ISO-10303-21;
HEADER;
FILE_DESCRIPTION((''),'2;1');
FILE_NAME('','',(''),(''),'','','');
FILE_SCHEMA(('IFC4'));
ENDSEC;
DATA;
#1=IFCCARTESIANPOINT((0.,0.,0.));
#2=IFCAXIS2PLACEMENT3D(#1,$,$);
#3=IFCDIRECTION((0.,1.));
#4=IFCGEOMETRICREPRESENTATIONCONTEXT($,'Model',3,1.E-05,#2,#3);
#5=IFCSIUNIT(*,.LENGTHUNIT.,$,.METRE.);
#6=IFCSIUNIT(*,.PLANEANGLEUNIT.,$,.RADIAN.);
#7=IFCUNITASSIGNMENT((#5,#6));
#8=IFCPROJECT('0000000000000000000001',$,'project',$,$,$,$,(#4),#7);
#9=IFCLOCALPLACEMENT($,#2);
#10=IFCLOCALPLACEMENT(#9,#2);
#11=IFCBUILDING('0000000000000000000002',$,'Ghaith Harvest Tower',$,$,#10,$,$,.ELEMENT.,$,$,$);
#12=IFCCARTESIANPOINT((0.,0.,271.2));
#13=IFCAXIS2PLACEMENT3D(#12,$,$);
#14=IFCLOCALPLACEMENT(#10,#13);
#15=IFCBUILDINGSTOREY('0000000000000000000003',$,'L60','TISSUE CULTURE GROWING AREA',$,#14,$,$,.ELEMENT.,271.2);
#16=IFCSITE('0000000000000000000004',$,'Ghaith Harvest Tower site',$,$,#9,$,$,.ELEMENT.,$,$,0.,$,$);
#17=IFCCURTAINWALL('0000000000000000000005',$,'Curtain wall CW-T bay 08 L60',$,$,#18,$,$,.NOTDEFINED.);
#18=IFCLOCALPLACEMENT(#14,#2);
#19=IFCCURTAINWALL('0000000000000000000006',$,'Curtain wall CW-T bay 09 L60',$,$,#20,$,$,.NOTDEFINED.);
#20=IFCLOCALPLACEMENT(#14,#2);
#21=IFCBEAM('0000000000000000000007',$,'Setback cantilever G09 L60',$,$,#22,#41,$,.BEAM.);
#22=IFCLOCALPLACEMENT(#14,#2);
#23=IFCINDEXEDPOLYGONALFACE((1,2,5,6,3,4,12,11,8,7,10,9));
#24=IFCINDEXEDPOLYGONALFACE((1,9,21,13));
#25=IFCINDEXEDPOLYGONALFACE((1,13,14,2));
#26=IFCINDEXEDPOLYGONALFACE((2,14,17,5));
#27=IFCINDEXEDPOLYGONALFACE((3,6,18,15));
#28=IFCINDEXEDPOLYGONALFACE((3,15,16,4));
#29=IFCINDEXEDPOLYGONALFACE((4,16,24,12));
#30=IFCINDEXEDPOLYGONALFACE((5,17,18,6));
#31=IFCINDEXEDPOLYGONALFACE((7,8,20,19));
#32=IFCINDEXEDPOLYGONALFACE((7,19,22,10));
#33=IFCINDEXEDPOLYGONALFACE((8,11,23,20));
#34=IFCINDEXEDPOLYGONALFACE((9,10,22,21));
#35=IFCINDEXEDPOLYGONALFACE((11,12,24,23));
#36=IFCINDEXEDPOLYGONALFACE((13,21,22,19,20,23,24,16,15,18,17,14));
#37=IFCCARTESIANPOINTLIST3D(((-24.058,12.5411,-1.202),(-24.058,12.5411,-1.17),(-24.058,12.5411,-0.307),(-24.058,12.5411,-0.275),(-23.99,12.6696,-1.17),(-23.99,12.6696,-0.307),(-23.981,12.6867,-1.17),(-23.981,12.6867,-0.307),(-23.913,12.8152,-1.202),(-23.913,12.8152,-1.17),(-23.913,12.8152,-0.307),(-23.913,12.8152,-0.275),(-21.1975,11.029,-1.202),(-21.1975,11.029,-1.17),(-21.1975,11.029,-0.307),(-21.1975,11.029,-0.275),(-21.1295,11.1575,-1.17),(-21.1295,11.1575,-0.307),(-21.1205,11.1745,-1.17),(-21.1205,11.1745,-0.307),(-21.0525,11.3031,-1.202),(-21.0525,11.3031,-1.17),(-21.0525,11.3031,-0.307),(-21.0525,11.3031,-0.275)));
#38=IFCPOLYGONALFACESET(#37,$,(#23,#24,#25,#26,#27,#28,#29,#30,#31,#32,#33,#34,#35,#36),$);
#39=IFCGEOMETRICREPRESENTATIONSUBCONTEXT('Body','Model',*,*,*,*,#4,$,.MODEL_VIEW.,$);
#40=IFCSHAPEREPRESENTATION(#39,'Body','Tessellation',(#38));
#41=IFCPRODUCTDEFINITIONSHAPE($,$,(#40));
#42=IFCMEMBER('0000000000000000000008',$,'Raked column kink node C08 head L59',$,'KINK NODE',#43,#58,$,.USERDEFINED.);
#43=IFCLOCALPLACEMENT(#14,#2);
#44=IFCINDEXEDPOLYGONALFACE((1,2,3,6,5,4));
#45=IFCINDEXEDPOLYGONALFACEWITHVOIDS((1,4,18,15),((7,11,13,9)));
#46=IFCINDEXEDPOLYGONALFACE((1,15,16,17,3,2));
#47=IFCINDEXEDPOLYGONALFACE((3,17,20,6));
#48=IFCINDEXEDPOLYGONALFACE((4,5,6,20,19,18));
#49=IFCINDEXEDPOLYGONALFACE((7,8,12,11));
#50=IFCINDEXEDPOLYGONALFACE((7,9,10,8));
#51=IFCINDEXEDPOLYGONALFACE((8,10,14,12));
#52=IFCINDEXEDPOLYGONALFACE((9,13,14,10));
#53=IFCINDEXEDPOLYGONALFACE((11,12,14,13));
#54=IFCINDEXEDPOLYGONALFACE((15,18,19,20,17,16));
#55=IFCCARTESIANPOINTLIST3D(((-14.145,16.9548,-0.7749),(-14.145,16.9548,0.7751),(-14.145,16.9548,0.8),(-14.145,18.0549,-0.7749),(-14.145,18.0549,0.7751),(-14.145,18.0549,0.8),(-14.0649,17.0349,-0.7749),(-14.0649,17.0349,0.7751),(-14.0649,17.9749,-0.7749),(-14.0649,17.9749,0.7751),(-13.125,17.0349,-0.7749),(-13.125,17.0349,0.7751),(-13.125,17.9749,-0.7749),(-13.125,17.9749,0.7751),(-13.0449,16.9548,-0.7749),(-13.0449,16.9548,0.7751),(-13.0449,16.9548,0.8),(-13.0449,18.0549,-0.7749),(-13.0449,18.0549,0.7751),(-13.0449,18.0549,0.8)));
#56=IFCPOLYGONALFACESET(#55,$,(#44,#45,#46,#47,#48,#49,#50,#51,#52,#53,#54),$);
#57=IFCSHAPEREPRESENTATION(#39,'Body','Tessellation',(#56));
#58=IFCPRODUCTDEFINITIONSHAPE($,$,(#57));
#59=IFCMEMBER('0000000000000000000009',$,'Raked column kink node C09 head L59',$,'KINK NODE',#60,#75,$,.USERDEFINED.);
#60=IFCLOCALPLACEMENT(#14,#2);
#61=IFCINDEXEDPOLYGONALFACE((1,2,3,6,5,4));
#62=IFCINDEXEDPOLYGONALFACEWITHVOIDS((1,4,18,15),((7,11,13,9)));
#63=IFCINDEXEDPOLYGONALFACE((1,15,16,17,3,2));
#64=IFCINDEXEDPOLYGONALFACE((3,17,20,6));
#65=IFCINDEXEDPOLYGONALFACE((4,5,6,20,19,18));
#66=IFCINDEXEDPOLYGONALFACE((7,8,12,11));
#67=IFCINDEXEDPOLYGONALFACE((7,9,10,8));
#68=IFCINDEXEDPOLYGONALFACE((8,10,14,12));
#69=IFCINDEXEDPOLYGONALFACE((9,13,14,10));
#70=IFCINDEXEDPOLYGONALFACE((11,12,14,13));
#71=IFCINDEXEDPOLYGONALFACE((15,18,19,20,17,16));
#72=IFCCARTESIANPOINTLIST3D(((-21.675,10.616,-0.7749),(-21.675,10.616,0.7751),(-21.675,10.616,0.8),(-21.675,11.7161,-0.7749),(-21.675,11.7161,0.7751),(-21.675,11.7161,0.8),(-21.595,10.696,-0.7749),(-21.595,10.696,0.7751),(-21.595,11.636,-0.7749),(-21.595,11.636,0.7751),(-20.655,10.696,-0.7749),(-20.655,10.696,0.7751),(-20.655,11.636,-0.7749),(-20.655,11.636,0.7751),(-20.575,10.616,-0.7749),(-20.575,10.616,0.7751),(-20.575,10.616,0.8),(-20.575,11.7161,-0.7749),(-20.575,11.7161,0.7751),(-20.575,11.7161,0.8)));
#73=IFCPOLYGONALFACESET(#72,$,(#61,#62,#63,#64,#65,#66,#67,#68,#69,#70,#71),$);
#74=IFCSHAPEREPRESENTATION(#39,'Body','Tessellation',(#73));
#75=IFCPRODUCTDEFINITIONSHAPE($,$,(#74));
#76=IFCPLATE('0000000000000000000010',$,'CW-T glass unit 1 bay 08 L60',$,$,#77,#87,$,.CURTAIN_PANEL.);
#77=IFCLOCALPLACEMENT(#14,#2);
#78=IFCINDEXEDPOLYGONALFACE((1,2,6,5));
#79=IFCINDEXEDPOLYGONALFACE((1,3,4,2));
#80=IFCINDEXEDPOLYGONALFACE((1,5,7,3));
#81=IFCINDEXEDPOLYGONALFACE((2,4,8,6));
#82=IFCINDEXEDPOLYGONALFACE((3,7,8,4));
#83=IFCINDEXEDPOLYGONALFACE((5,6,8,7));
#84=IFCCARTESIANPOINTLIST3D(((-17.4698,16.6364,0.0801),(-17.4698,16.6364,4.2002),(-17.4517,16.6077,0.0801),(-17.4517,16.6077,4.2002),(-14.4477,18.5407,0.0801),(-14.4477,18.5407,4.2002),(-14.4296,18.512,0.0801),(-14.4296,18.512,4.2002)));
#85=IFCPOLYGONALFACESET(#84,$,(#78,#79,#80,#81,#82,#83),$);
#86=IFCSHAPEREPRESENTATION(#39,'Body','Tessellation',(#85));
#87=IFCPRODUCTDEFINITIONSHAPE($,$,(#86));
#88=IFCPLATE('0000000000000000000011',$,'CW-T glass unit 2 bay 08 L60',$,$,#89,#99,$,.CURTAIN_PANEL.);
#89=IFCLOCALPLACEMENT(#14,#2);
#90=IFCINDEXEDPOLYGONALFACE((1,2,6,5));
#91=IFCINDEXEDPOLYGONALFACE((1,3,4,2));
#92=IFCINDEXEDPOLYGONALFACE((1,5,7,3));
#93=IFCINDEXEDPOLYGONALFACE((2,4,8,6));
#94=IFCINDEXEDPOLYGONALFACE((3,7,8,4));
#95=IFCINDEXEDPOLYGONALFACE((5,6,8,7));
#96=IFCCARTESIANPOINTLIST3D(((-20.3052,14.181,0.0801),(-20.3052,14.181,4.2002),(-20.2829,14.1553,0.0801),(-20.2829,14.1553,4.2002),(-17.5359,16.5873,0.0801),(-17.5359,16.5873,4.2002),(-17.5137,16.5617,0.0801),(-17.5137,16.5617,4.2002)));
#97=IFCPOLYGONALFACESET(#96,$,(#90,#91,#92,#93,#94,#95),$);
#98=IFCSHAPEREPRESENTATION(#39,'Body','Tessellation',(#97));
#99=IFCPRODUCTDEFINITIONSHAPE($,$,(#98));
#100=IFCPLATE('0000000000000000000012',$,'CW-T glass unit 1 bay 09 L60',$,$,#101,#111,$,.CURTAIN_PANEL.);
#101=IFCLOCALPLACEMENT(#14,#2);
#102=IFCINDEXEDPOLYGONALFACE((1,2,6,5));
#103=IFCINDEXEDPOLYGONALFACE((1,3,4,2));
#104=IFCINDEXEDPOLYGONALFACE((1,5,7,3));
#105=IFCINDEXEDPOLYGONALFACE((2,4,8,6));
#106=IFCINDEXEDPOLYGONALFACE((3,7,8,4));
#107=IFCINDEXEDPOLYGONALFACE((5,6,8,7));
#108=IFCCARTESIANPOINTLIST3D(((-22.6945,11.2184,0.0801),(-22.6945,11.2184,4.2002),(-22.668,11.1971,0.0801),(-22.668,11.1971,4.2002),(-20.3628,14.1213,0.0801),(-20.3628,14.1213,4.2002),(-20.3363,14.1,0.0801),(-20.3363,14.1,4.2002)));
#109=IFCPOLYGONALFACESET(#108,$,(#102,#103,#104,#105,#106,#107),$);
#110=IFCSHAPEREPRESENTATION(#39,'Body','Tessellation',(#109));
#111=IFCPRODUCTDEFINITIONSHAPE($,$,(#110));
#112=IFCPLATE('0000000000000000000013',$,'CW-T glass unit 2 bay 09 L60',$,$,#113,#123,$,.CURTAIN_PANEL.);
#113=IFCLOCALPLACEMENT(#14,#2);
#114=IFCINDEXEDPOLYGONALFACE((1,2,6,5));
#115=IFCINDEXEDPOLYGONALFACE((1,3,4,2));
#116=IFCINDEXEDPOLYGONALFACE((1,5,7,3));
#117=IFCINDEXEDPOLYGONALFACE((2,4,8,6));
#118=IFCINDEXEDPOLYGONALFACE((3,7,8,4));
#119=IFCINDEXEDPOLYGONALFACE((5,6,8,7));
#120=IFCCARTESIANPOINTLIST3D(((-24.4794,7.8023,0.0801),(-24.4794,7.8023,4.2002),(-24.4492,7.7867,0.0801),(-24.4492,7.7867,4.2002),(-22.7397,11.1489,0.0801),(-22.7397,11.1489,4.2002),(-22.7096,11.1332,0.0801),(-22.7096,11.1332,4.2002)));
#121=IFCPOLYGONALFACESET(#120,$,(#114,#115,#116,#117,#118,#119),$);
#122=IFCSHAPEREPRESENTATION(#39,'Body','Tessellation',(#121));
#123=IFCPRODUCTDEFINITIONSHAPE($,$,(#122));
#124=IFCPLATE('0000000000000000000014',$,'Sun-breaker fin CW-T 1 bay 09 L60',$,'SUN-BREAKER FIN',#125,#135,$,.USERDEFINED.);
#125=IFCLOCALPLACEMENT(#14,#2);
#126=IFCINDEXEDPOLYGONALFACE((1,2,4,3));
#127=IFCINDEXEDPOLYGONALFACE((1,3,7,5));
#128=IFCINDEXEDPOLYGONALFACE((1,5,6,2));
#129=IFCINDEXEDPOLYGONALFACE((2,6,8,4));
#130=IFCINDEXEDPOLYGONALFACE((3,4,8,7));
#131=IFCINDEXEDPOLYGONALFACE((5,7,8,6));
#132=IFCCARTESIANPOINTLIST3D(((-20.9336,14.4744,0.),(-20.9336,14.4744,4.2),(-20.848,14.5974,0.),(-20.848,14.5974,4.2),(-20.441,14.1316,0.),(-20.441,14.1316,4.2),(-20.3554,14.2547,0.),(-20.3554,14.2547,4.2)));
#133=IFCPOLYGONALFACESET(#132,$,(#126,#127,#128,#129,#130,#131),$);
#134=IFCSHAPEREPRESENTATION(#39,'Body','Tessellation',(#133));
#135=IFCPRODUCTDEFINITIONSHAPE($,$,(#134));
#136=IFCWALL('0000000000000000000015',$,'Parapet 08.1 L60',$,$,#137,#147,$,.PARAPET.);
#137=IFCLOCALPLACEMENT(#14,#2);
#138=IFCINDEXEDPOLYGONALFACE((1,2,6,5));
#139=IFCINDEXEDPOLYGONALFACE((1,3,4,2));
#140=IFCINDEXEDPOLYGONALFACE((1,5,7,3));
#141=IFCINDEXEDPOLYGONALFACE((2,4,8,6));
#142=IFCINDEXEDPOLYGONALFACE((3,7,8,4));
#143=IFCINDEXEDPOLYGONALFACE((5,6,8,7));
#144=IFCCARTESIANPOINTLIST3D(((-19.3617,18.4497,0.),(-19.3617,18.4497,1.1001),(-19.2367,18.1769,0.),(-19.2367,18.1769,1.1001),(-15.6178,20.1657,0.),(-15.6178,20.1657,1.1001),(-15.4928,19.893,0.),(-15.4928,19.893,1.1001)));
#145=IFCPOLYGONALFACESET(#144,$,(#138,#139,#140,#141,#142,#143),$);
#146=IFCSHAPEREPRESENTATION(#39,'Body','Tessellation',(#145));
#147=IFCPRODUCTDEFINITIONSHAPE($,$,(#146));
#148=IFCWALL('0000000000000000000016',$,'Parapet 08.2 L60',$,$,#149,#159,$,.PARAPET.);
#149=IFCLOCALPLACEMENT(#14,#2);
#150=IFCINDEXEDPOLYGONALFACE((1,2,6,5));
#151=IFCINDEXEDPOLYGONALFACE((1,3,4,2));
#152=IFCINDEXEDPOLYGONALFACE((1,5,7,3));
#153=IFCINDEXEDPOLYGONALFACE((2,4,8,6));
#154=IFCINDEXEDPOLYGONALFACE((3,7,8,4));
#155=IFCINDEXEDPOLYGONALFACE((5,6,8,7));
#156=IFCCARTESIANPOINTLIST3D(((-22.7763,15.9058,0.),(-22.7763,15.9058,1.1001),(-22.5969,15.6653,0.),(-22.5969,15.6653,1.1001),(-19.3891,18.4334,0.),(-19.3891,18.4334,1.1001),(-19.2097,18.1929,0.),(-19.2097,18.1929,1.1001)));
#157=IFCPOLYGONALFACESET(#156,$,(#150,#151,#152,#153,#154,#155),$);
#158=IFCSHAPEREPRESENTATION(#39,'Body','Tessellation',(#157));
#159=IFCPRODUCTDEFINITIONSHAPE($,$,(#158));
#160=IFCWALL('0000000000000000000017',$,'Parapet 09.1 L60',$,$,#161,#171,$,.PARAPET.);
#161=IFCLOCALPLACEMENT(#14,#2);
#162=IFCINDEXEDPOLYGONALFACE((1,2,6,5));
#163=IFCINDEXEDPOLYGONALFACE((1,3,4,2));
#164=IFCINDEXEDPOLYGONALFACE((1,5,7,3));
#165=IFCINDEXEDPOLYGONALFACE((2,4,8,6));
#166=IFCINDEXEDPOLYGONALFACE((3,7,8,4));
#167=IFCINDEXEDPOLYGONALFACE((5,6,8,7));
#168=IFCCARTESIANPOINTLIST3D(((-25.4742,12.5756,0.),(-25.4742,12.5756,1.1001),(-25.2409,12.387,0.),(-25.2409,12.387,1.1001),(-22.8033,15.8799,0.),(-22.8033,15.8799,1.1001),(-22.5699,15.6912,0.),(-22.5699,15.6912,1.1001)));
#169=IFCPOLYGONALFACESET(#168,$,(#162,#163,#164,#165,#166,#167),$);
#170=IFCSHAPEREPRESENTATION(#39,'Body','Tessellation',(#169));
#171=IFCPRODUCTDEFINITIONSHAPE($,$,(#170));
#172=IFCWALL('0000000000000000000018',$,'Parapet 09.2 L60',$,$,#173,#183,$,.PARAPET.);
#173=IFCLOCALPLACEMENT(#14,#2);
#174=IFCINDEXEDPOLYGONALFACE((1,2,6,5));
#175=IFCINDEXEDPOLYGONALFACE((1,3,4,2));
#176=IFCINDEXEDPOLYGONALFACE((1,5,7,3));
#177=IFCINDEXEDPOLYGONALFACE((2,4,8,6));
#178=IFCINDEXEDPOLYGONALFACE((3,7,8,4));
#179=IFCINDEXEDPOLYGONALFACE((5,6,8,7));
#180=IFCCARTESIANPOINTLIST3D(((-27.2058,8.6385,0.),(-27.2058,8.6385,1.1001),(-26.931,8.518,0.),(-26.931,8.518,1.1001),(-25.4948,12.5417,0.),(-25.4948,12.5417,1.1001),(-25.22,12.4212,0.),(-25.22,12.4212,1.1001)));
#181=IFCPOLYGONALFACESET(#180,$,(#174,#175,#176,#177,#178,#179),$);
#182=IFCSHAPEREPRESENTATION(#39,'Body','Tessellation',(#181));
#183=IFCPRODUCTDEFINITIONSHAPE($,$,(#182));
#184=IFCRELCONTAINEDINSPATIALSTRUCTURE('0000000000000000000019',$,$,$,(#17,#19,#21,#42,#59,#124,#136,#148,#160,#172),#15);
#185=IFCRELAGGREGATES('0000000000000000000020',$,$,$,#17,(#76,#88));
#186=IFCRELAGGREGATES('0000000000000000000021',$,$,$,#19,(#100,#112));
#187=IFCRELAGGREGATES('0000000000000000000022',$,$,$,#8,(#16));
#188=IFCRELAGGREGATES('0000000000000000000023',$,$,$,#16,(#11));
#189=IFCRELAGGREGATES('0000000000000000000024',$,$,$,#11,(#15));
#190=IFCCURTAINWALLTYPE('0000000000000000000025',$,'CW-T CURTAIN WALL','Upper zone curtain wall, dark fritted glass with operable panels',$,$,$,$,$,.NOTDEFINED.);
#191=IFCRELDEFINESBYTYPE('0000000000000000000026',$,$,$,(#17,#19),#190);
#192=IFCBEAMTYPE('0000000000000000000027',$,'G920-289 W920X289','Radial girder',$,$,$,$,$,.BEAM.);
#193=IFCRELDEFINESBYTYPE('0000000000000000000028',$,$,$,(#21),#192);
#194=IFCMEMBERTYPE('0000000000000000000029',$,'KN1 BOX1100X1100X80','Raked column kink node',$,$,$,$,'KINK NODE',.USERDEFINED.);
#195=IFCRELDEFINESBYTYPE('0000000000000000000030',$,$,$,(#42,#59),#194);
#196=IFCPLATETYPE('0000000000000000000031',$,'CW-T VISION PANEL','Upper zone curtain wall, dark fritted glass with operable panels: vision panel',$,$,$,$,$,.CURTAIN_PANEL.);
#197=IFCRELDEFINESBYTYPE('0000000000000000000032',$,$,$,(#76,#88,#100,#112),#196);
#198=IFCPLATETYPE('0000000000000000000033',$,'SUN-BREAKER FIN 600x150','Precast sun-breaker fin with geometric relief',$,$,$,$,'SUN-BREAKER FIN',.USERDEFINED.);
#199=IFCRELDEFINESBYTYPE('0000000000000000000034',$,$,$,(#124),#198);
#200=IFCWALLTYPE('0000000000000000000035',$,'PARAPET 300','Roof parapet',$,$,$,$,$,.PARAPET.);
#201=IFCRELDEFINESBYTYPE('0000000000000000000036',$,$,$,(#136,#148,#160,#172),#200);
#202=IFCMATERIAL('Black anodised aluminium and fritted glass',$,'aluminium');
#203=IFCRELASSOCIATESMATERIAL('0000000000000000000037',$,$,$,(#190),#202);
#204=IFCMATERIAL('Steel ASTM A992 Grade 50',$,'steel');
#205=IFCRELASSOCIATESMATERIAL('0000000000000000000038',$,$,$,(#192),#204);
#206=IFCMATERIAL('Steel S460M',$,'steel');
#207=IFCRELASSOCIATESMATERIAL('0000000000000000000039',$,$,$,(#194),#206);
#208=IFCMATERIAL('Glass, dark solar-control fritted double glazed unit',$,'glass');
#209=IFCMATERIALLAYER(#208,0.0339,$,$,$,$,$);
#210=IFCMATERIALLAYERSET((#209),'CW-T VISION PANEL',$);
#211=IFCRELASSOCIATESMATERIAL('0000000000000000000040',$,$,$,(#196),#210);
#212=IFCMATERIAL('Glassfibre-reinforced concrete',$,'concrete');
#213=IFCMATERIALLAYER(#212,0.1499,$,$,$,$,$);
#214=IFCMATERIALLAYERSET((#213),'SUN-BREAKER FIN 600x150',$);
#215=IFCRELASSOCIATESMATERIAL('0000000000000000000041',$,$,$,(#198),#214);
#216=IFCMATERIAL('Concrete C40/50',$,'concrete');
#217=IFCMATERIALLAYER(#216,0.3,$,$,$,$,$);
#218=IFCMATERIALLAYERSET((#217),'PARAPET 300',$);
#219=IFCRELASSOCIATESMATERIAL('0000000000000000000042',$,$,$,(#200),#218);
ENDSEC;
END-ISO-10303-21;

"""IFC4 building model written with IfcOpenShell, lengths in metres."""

from ifc_helpers import new_model, si_unit, direction, frame, frame_2d, origin, origin_2d, place, context, subcontext, project, spatial, rectangle, hollow_rectangle, i_section, extrude, boolean, material, layer, layer_set, material_profile, profile_set, type_object, element, aggregate, save


model = new_model("IFC4")

# Units and contexts
model_context = context("Model", 3, precision=1e-05, world=origin(), true_north=direction((0.0, 1.0)))
body_context = subcontext(model_context, "Body", "Model", "MODEL_VIEW")
ifc_project = project(units=[si_unit("LENGTHUNIT", "METRE"), si_unit("PLANEANGLEUNIT", "RADIAN")], contexts=[model_context])

# Site, building, storey
site_placement = place(None, origin())
site = spatial("IfcSite", under=ifc_project, at=site_placement, Name="Ghaith Harvest Tower site", CompositionType="ELEMENT", RefElevation=0.0)
building_placement = place(site_placement, origin())
building = spatial("IfcBuilding", under=site, at=building_placement, Name="Ghaith Harvest Tower", CompositionType="ELEMENT")
storey_placement = place(building_placement, frame((0.0, 0.0, 271.2)))
storey = spatial("IfcBuildingStorey", under=building, at=storey_placement, Name="L60", Description="TISSUE CULTURE GROWING AREA", CompositionType="ELEMENT", Elevation=271.2)

# Curtain walls
ifc_material_1 = material(Name="Black anodised aluminium and fritted glass", Category="aluminium")
curtain_wall_type = type_object("IfcCurtainWallType", Name="CW-T CURTAIN WALL", Description="Upper zone curtain wall, dark fritted glass with operable panels", PredefinedType="NOTDEFINED", material=ifc_material_1)
curtain_wall_1_placement = place(storey_placement, origin())
curtain_wall_1 = element("IfcCurtainWall", 1, at=curtain_wall_1_placement, inside=storey, type_object=curtain_wall_type, Name="Curtain wall CW-T bay 08 L60", PredefinedType="NOTDEFINED")
curtain_wall_2_placement = place(storey_placement, origin())
curtain_wall_2 = element("IfcCurtainWall", 2, at=curtain_wall_2_placement, inside=storey, type_object=curtain_wall_type, Name="Curtain wall CW-T bay 09 L60", PredefinedType="NOTDEFINED")

# Beam
ifc_material_2 = material(Name="Steel ASTM A992 Grade 50", Category="steel")
ifc_material_profile_1 = material_profile(ifc_material_2, i_section(OverallWidth=0.3101, OverallDepth=0.927, WebThickness=0.0193, FlangeThickness=0.032, at=origin_2d()), Name="W920X289")
ifc_profile_set_1 = profile_set([ifc_material_profile_1], Name="Steel ASTM A992 Grade 50")
beam_type_1 = type_object("IfcBeamType", Name="G920-289 W920X289", Description="Radial girder", PredefinedType="BEAM", material=ifc_profile_set_1)
beam_1_placement = place(storey_placement, frame((-21.125, 11.166, -0.7385), z_axis=(-0.884072, 0.46735, 0.0), x_axis=(-0.46735, -0.884072, 0.0)))
element("IfcBeam", 3, at=beam_1_placement, inside=storey, type_object=beam_type_1, Name="Setback cantilever G09 L60", PredefinedType="BEAM", context=body_context, shape_type="SweptSolid", body=[
    extrude(i_section(OverallWidth=0.3101, OverallDepth=0.927, WebThickness=0.0193, FlangeThickness=0.032, at=origin_2d()), origin(), (0.0, 0.0, 1.0), 3.2356),
])

# Members
ifc_material_3 = material(Name="Steel S460M", Category="steel")
ifc_material_profile_2 = material_profile(ifc_material_3, hollow_rectangle(XDim=1.1001, YDim=1.1001, WallThickness=0.0801, at=origin_2d()), Name="BOX1100X1100X80")
ifc_profile_set_2 = profile_set([ifc_material_profile_2], Name="Steel S460M")
member_type_1 = type_object("IfcMemberType", Name="KN1 BOX1100X1100X80", Description="Raked column kink node", ElementType="KINK NODE", PredefinedType="USERDEFINED", material=ifc_profile_set_2)
for number, where, z_axis, x_axis, name in (
    (4, (-13.595, 17.5049, -0.7749), (0.0, 0.0, 1.0), (1.0, 0.0, 0.0), "Raked column kink node C08 head L59"),
    (5, (-21.125, 11.166, -0.7749), (0.0, 0.0, 1.0), (1.0, 0.0, 0.0), "Raked column kink node C09 head L59"),
):
    element("IfcMember", number, at=place(storey_placement, frame(where, z_axis=z_axis, x_axis=x_axis)), inside=storey, type_object=member_type_1, Name=name, ObjectType="KINK NODE", PredefinedType="USERDEFINED", context=body_context, shape_type="CSG", body=[
        boolean("UNION", extrude(hollow_rectangle(XDim=1.1001, YDim=1.1001, WallThickness=0.0801, at=origin_2d()), origin(), (0.0, 0.0, 1.0), 1.55), extrude(rectangle(XDim=1.1001, YDim=1.1001, at=origin_2d()), frame((0.0, 0.0, 1.55)), (0.0, 0.0, 1.0), 0.0249)),
    ])

# Plates
ifc_material_4 = material(Name="Glass, dark solar-control fritted double glazed unit", Category="glass")
ifc_layer_1 = layer(ifc_material_4, 0.0339)
ifc_layer_set_1 = layer_set([ifc_layer_1], Name="CW-T VISION PANEL")
plate_type_1 = type_object("IfcPlateType", Name="CW-T VISION PANEL", Description="Upper zone curtain wall, dark fritted glass with operable panels: vision panel", PredefinedType="CURTAIN_PANEL", material=ifc_layer_set_1)
plate_1_placement = place(storey_placement, frame((-15.9497, 17.5742, 0.0801), z_axis=(0.0, 0.0, 1.0), x_axis=(-0.846043, -0.533114, 0.0)))
plate_1 = element("IfcPlate", 6, at=plate_1_placement, type_object=plate_type_1, Name="CW-T glass unit 1 bay 08 L60", PredefinedType="CURTAIN_PANEL", context=body_context, shape_type="SweptSolid", body=[
    extrude(rectangle(XDim=3.572, YDim=0.0339, at=origin_2d()), origin(), (0.0, 0.0, 1.0), 4.1201),
])
plate_2_placement = place(storey_placement, frame((-18.9094, 15.3713, 0.0801), z_axis=(0.0, 0.0, 1.0), x_axis=(-0.754829, -0.655922, 0.0)))
plate_2 = element("IfcPlate", 7, at=plate_2_placement, type_object=plate_type_1, Name="CW-T glass unit 2 bay 08 L60", PredefinedType="CURTAIN_PANEL", context=body_context, shape_type="SweptSolid", body=[
    extrude(rectangle(XDim=3.6687, YDim=0.0339, at=origin_2d()), origin(), (0.0, 0.0, 1.0), 4.1201),
])
aggregate(curtain_wall_1, [plate_1, plate_2])
plate_3_placement = place(storey_placement, frame((-21.5154, 12.6592, 0.0801), z_axis=(0.0, 0.0, 1.0), x_axis=(-0.62623, -0.779639, 0.0)))
plate_3 = element("IfcPlate", 8, at=plate_3_placement, type_object=plate_type_1, Name="CW-T glass unit 1 bay 09 L60", PredefinedType="CURTAIN_PANEL", context=body_context, shape_type="SweptSolid", body=[
    extrude(rectangle(XDim=3.7234, YDim=0.0339, at=origin_2d()), origin(), (0.0, 0.0, 1.0), 4.1201),
])
plate_4_placement = place(storey_placement, frame((-23.5945, 9.4678, 0.0801), z_axis=(0.0, 0.0, 1.0), x_axis=(-0.46123, -0.887281, 0.0)))
plate_4 = element("IfcPlate", 9, at=plate_4_placement, type_object=plate_type_1, Name="CW-T glass unit 2 bay 09 L60", PredefinedType="CURTAIN_PANEL", context=body_context, shape_type="SweptSolid", body=[
    extrude(rectangle(XDim=3.7717, YDim=0.0339, at=origin_2d()), origin(), (0.0, 0.0, 1.0), 4.1201),
])
aggregate(curtain_wall_2, [plate_3, plate_4])
ifc_material_5 = material(Name="Glassfibre-reinforced concrete", Category="concrete")
ifc_layer_2 = layer(ifc_material_5, 0.1499)
ifc_layer_set_2 = layer_set([ifc_layer_2], Name="SUN-BREAKER FIN 600x150")
plate_type_2 = type_object("IfcPlateType", Name="SUN-BREAKER FIN 600x150", Description="Precast sun-breaker fin with geometric relief", ElementType="SUN-BREAKER FIN", PredefinedType="USERDEFINED", material=ifc_layer_set_2)
plate_5_placement = place(storey_placement, frame((-20.6445, 14.3645, 0.0), z_axis=(0.0, 0.0, 1.0), x_axis=(-0.820845, 0.57115, 0.0)))
element("IfcPlate", 10, at=plate_5_placement, inside=storey, type_object=plate_type_2, Name="Sun-breaker fin CW-T 1 bay 09 L60", ObjectType="SUN-BREAKER FIN", PredefinedType="USERDEFINED", context=body_context, shape_type="SweptSolid", body=[
    extrude(rectangle(XDim=0.6001, YDim=0.1499, at=origin_2d()), origin(), (0.0, 0.0, 1.0), 4.2),
])

# Walls
ifc_material_6 = material(Name="Concrete C40/50", Category="concrete")
ifc_layer_3 = layer(ifc_material_6, 0.3)
ifc_layer_set_3 = layer_set([ifc_layer_3], Name="PARAPET 300")
wall_type_1 = type_object("IfcWallType", Name="PARAPET 300", Description="Roof parapet", PredefinedType="PARAPET", material=ifc_layer_set_3)
wall_1_placement = place(storey_placement, frame((-15.5554, 20.0293, 0.0), z_axis=(0.0, 0.0, 1.0), x_axis=(-0.909055, -0.416677, 0.0)))
element("IfcWall", 11, at=wall_1_placement, inside=storey, type_object=wall_type_1, Name="Parapet 08.1 L60", PredefinedType="PARAPET", context=body_context, shape_type="SweptSolid", body=[
    extrude(rectangle(XDim=4.1184, YDim=0.3, at=frame_2d((2.0591, 0.0))), origin(), (0.0, 0.0, 1.0), 1.1001),
])
wall_2_placement = place(storey_placement, frame((-19.2993, 18.3132, 0.0), z_axis=(0.0, 0.0, 1.0), x_axis=(-0.801453, -0.598057, 0.0)))
element("IfcWall", 12, at=wall_2_placement, inside=storey, type_object=wall_type_1, Name="Parapet 08.2 L60", PredefinedType="PARAPET", context=body_context, shape_type="SweptSolid", body=[
    extrude(rectangle(XDim=4.2263, YDim=0.3, at=frame_2d((2.1133, 0.0))), origin(), (0.0, 0.0, 1.0), 1.1001),
])
wall_3_placement = place(storey_placement, frame((-22.6865, 15.7856, 0.0), z_axis=(0.0, 0.0, 1.0), x_axis=(-0.628639, -0.777697, 0.0)))
element("IfcWall", 13, at=wall_3_placement, inside=storey, type_object=wall_type_1, Name="Parapet 09.1 L60", PredefinedType="PARAPET", context=body_context, shape_type="SweptSolid", body=[
    extrude(rectangle(XDim=4.2488, YDim=0.3, at=frame_2d((2.1245, 0.0))), origin(), (0.0, 0.0, 1.0), 1.1001),
])
wall_4_placement = place(storey_placement, frame((-25.3574, 12.4814, 0.0), z_axis=(0.0, 0.0, 1.0), x_axis=(-0.401477, -0.915869, 0.0)))
element("IfcWall", 14, at=wall_4_placement, inside=storey, type_object=wall_type_1, Name="Parapet 09.2 L60", PredefinedType="PARAPET", context=body_context, shape_type="SweptSolid", body=[
    extrude(rectangle(XDim=4.2617, YDim=0.3, at=frame_2d((2.1309, 0.0))), origin(), (0.0, 0.0, 1.0), 1.1001),
])

save(model, "model.ifc")
